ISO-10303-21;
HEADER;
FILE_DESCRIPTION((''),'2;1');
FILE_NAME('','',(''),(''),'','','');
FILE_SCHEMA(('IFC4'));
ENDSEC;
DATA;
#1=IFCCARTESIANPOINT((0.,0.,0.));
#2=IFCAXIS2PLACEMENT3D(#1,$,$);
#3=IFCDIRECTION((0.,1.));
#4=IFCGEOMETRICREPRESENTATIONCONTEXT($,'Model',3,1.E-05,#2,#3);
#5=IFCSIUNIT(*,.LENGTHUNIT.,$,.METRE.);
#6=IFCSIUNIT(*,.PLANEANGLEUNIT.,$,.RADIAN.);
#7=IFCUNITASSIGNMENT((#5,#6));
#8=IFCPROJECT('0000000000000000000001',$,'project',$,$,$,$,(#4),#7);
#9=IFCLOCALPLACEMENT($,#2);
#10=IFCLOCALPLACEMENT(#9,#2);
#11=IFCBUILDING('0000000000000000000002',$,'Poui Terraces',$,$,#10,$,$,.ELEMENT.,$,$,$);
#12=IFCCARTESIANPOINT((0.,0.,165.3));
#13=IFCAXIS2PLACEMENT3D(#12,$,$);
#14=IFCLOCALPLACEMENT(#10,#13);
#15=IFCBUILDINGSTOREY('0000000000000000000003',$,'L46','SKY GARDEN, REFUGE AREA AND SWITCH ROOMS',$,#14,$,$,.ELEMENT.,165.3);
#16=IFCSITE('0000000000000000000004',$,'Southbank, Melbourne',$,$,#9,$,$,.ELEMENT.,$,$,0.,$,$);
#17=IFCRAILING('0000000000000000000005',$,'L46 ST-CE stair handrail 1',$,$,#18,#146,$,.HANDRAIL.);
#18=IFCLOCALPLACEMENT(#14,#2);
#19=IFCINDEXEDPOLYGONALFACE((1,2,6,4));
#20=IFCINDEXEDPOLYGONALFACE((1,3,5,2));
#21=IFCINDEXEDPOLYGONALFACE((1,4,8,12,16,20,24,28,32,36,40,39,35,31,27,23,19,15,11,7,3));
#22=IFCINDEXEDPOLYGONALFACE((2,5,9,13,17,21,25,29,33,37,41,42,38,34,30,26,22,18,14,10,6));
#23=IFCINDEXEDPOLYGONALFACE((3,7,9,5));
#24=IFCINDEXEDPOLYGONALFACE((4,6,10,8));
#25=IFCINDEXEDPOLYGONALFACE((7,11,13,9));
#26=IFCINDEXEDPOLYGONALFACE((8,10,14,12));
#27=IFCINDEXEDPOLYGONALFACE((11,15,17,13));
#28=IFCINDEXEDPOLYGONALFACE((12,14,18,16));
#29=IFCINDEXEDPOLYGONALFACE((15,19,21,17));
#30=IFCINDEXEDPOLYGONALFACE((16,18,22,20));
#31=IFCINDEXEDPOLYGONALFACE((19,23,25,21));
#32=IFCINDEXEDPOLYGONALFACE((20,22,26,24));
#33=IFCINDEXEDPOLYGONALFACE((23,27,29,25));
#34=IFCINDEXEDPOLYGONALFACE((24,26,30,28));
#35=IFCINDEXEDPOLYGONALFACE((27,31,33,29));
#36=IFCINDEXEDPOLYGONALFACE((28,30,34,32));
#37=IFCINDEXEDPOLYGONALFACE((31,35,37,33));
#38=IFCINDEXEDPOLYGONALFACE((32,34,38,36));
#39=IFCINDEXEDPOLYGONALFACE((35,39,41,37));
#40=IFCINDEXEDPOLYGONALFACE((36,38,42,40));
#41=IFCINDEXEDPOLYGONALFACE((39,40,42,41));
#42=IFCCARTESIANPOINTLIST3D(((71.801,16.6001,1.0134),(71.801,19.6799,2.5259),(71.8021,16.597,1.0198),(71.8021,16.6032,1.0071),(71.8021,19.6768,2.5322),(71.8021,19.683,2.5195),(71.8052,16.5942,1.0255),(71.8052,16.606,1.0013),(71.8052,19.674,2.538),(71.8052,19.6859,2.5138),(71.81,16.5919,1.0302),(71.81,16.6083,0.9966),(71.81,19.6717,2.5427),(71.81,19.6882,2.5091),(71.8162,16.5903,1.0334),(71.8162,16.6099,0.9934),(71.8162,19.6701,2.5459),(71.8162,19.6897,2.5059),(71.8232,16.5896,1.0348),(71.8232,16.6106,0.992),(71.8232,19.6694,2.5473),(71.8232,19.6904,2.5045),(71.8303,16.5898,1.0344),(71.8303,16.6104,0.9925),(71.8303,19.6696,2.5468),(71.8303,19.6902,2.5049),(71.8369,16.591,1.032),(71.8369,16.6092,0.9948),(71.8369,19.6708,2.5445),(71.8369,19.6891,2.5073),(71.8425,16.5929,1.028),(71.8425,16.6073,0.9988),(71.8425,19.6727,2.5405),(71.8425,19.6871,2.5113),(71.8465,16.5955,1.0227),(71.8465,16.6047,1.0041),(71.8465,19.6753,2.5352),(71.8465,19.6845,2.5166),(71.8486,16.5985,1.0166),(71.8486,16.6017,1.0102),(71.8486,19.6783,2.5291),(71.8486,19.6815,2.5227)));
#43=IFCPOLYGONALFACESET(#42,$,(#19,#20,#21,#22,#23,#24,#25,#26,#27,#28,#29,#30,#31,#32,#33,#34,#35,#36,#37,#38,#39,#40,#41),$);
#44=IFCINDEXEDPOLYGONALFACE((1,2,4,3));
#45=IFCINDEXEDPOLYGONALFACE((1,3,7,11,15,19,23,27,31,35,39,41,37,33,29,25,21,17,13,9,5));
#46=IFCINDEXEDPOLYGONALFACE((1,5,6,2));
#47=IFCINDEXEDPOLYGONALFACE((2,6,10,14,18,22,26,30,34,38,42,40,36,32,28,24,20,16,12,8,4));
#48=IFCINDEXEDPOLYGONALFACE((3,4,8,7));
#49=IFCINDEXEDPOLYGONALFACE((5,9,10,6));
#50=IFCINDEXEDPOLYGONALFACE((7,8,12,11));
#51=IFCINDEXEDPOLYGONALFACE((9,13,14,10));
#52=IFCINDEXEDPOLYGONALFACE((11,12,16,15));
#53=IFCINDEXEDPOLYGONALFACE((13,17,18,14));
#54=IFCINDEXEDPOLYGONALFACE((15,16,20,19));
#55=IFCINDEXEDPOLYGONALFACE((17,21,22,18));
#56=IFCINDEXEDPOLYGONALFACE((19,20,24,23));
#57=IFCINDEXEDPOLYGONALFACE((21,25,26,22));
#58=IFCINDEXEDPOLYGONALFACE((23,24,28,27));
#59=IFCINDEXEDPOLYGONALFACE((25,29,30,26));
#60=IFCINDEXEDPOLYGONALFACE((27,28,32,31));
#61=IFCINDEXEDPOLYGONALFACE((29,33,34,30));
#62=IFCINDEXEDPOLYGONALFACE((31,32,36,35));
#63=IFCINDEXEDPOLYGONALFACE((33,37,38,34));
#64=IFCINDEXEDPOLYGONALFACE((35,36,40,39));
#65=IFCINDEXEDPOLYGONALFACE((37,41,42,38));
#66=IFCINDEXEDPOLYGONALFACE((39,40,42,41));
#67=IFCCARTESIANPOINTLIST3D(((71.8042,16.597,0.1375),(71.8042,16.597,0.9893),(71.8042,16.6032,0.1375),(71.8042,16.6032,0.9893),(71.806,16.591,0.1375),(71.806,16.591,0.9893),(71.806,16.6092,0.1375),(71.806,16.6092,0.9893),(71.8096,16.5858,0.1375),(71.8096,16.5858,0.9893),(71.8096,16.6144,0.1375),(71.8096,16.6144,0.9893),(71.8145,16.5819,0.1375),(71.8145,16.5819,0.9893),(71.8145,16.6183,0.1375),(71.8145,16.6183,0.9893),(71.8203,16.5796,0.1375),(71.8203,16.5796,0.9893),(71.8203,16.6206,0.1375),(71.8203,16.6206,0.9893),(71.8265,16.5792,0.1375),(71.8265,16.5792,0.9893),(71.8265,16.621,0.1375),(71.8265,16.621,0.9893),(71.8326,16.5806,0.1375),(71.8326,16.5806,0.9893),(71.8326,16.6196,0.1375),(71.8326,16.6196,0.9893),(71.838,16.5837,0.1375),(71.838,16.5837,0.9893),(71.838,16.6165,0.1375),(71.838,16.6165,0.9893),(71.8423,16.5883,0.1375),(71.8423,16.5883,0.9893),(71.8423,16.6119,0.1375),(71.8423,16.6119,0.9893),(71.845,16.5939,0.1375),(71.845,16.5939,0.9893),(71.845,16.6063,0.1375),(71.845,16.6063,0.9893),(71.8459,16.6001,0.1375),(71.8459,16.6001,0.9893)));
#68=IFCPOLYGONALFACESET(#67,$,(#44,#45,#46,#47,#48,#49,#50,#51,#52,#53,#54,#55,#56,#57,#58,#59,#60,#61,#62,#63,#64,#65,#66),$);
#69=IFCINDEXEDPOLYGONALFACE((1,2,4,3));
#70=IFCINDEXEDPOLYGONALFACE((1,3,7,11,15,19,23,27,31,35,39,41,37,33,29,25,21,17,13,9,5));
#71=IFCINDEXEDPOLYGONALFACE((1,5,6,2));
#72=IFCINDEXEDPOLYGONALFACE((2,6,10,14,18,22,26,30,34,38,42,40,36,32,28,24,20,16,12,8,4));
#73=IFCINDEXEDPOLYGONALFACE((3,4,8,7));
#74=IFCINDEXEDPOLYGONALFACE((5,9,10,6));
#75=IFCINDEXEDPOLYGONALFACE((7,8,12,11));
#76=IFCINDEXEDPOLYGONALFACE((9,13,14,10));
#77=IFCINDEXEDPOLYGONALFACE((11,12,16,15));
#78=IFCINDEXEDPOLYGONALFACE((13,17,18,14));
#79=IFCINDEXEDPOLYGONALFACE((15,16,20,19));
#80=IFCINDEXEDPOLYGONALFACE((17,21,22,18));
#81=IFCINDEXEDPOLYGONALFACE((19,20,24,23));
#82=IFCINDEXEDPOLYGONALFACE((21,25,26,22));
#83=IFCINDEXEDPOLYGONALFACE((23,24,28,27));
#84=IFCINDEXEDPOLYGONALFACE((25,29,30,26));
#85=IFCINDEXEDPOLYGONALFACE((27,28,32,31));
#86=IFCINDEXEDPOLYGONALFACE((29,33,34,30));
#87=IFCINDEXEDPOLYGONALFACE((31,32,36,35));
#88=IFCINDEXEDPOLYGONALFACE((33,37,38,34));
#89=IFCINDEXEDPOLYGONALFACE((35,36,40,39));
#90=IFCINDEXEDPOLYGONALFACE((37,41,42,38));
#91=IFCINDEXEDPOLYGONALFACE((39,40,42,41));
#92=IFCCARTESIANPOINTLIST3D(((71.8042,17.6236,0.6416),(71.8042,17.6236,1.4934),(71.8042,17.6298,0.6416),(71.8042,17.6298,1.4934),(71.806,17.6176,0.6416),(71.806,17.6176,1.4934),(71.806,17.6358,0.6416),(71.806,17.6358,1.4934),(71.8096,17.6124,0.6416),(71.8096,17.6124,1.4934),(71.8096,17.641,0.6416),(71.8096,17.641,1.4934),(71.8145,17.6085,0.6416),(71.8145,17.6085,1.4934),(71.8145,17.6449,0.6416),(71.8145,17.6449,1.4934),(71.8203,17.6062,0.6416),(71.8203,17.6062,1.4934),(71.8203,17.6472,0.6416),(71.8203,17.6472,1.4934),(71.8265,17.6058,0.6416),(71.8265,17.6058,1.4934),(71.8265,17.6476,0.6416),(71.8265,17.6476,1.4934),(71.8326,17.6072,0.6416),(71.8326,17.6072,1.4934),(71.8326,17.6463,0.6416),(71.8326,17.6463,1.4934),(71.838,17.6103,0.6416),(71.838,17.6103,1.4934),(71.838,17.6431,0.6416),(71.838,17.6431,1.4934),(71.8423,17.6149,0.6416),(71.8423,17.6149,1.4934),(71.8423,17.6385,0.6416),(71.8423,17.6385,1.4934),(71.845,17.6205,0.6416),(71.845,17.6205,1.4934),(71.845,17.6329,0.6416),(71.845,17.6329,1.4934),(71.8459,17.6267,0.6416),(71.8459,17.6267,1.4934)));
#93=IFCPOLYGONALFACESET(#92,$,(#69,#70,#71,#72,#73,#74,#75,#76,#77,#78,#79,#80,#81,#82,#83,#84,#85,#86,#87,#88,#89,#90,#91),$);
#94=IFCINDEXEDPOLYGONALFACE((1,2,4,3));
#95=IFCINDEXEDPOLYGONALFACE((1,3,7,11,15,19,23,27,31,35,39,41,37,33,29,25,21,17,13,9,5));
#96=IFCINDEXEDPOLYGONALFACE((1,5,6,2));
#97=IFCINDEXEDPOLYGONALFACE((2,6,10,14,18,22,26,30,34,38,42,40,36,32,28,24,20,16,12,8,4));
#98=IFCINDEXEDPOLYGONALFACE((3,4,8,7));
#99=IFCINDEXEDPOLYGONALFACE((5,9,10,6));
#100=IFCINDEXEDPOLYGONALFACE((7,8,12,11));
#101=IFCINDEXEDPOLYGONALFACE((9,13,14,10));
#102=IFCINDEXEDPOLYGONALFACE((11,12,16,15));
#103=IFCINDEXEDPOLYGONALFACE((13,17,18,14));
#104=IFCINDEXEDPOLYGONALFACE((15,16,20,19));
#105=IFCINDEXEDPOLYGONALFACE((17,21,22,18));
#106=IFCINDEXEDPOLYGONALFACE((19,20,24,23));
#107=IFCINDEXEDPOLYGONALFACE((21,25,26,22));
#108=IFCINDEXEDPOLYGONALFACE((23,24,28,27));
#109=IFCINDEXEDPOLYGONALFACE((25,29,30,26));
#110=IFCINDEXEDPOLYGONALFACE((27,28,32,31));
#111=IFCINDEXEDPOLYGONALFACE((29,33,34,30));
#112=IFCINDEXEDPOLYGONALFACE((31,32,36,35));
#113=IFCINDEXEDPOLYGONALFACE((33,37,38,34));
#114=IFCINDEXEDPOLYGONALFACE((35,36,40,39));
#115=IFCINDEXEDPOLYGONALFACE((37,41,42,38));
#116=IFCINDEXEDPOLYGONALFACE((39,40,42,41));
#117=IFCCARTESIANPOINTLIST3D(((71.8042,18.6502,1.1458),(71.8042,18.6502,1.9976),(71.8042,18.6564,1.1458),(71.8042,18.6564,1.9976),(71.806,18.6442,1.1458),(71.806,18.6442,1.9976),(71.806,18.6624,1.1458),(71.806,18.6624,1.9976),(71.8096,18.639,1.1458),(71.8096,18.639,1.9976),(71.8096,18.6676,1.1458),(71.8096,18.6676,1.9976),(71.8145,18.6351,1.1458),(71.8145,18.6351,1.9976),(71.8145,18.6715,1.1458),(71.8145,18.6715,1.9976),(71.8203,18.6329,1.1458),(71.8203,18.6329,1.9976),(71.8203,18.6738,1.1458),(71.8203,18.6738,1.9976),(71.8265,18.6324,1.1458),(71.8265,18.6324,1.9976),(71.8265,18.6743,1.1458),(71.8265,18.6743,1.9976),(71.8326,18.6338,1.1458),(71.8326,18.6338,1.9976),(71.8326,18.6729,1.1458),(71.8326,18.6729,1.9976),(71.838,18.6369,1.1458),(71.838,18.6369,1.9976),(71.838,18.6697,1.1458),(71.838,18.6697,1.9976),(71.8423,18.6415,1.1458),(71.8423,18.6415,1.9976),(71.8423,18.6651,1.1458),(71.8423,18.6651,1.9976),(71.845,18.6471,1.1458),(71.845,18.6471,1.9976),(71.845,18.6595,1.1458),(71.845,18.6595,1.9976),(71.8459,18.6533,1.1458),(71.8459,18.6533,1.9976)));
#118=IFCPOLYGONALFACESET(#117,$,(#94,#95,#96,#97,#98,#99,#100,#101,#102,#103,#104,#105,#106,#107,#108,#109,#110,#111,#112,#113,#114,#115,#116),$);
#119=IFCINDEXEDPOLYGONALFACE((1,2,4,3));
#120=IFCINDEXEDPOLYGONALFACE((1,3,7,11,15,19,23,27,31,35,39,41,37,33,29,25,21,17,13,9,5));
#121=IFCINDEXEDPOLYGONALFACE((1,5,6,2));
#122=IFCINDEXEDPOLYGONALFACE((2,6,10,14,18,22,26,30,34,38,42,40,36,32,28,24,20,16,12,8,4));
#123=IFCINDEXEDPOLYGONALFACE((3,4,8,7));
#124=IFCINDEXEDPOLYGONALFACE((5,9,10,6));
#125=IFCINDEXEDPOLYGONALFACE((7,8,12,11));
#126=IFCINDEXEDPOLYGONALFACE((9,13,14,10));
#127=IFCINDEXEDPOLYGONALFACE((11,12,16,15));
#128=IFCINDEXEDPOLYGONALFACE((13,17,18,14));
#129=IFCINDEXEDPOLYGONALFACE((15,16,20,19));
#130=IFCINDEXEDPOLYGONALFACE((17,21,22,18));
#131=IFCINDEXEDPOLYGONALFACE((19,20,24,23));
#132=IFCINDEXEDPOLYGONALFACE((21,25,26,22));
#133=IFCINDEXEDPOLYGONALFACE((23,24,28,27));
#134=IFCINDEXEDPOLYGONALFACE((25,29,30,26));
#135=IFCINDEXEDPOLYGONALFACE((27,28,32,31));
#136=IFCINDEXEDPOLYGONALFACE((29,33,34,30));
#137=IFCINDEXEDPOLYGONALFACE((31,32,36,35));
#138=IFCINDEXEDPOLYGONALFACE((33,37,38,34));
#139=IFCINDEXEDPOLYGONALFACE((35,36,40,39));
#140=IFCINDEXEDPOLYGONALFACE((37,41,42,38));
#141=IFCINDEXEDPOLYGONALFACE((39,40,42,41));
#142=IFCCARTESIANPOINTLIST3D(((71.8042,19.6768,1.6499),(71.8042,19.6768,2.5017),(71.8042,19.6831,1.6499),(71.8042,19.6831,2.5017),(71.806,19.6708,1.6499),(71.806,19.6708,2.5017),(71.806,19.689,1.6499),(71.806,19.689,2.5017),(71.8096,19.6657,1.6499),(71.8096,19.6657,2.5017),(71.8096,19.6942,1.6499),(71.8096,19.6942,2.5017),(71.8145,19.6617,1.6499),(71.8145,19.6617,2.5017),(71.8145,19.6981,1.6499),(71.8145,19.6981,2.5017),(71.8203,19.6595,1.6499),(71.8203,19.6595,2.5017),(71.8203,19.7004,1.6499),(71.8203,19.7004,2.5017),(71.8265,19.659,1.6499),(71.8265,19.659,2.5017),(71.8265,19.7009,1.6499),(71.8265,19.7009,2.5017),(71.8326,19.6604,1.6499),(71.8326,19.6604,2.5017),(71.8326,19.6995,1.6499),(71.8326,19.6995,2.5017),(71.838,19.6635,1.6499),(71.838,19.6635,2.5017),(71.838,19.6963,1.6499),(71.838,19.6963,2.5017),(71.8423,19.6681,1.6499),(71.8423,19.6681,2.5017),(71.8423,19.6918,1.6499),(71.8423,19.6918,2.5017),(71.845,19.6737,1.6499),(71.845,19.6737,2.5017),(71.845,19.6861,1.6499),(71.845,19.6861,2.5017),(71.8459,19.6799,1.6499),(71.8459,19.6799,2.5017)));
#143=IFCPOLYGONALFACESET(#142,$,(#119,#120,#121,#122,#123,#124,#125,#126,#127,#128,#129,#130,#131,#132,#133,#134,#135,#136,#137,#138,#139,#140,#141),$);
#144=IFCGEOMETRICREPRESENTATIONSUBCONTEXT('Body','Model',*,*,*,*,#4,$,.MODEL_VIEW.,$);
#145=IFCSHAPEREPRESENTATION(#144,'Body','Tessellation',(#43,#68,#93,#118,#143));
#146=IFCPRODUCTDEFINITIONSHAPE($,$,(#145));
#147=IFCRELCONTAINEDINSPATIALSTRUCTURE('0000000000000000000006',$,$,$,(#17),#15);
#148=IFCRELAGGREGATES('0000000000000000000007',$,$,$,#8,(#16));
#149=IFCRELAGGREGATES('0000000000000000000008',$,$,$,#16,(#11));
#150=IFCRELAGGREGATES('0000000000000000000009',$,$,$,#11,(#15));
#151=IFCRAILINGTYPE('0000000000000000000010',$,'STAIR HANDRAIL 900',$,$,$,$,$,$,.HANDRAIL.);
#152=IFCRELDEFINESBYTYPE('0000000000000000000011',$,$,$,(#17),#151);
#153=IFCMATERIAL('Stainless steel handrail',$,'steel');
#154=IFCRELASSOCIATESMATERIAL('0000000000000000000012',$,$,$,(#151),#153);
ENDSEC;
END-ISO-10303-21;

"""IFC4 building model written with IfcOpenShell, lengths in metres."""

from ifc_helpers import new_model, si_unit, direction, frame, origin, origin_2d, place, context, subcontext, project, spatial, circle, extrude, material, type_object, element, save


model = new_model("IFC4")

# Units and contexts
model_context = context("Model", 3, precision=1e-05, world=origin(), true_north=direction((0.0, 1.0)))
body_context = subcontext(model_context, "Body", "Model", "MODEL_VIEW")
ifc_project = project(units=[si_unit("LENGTHUNIT", "METRE"), si_unit("PLANEANGLEUNIT", "RADIAN")], contexts=[model_context])

# Site, building, storey
site_placement = place(None, origin())
site = spatial("IfcSite", under=ifc_project, at=site_placement, Name="Southbank, Melbourne", CompositionType="ELEMENT", RefElevation=0.0)
building_placement = place(site_placement, origin())
building = spatial("IfcBuilding", under=site, at=building_placement, Name="Poui Terraces", CompositionType="ELEMENT")
storey_placement = place(building_placement, frame((0.0, 0.0, 165.3)))
storey = spatial("IfcBuildingStorey", under=building, at=storey_placement, Name="L46", Description="SKY GARDEN, REFUGE AREA AND SWITCH ROOMS", CompositionType="ELEMENT", Elevation=165.3)

# Railing
ifc_material_1 = material(Name="Stainless steel handrail", Category="steel")
railing_type_1 = type_object("IfcRailingType", Name="STAIR HANDRAIL 900", PredefinedType="HANDRAIL", material=ifc_material_1)
railing_1_placement = place(storey_placement, frame((71.825, 16.6001, 0.1375)))
element("IfcRailing", 1, at=railing_1_placement, inside=storey, type_object=railing_type_1, Name="L46 ST-CE stair handrail 1", PredefinedType="HANDRAIL", context=body_context, shape_type="SweptSolid", body=[
    extrude(circle(Radius=0.0239, at=origin_2d()), frame((0.0, 0.0, 0.876), z_axis=(0.0, 0.897606, 0.440798), x_axis=(-1.0, 0.0, 0.0)), (0.0, 0.0, 1.0), 3.4312),
    extrude(circle(Radius=0.021, at=origin_2d()), origin(), (0.0, 0.0, 1.0), 0.8518),
    extrude(circle(Radius=0.021, at=origin_2d()), frame((0.0, 1.0266, 0.5042)), (0.0, 0.0, 1.0), 0.8518),
    extrude(circle(Radius=0.021, at=origin_2d()), frame((0.0, 2.0532, 1.0083)), (0.0, 0.0, 1.0), 0.8518),
    extrude(circle(Radius=0.021, at=origin_2d()), frame((0.0, 3.0798, 1.5125)), (0.0, 0.0, 1.0), 0.8518),
])

save(model, "model.ifc")
